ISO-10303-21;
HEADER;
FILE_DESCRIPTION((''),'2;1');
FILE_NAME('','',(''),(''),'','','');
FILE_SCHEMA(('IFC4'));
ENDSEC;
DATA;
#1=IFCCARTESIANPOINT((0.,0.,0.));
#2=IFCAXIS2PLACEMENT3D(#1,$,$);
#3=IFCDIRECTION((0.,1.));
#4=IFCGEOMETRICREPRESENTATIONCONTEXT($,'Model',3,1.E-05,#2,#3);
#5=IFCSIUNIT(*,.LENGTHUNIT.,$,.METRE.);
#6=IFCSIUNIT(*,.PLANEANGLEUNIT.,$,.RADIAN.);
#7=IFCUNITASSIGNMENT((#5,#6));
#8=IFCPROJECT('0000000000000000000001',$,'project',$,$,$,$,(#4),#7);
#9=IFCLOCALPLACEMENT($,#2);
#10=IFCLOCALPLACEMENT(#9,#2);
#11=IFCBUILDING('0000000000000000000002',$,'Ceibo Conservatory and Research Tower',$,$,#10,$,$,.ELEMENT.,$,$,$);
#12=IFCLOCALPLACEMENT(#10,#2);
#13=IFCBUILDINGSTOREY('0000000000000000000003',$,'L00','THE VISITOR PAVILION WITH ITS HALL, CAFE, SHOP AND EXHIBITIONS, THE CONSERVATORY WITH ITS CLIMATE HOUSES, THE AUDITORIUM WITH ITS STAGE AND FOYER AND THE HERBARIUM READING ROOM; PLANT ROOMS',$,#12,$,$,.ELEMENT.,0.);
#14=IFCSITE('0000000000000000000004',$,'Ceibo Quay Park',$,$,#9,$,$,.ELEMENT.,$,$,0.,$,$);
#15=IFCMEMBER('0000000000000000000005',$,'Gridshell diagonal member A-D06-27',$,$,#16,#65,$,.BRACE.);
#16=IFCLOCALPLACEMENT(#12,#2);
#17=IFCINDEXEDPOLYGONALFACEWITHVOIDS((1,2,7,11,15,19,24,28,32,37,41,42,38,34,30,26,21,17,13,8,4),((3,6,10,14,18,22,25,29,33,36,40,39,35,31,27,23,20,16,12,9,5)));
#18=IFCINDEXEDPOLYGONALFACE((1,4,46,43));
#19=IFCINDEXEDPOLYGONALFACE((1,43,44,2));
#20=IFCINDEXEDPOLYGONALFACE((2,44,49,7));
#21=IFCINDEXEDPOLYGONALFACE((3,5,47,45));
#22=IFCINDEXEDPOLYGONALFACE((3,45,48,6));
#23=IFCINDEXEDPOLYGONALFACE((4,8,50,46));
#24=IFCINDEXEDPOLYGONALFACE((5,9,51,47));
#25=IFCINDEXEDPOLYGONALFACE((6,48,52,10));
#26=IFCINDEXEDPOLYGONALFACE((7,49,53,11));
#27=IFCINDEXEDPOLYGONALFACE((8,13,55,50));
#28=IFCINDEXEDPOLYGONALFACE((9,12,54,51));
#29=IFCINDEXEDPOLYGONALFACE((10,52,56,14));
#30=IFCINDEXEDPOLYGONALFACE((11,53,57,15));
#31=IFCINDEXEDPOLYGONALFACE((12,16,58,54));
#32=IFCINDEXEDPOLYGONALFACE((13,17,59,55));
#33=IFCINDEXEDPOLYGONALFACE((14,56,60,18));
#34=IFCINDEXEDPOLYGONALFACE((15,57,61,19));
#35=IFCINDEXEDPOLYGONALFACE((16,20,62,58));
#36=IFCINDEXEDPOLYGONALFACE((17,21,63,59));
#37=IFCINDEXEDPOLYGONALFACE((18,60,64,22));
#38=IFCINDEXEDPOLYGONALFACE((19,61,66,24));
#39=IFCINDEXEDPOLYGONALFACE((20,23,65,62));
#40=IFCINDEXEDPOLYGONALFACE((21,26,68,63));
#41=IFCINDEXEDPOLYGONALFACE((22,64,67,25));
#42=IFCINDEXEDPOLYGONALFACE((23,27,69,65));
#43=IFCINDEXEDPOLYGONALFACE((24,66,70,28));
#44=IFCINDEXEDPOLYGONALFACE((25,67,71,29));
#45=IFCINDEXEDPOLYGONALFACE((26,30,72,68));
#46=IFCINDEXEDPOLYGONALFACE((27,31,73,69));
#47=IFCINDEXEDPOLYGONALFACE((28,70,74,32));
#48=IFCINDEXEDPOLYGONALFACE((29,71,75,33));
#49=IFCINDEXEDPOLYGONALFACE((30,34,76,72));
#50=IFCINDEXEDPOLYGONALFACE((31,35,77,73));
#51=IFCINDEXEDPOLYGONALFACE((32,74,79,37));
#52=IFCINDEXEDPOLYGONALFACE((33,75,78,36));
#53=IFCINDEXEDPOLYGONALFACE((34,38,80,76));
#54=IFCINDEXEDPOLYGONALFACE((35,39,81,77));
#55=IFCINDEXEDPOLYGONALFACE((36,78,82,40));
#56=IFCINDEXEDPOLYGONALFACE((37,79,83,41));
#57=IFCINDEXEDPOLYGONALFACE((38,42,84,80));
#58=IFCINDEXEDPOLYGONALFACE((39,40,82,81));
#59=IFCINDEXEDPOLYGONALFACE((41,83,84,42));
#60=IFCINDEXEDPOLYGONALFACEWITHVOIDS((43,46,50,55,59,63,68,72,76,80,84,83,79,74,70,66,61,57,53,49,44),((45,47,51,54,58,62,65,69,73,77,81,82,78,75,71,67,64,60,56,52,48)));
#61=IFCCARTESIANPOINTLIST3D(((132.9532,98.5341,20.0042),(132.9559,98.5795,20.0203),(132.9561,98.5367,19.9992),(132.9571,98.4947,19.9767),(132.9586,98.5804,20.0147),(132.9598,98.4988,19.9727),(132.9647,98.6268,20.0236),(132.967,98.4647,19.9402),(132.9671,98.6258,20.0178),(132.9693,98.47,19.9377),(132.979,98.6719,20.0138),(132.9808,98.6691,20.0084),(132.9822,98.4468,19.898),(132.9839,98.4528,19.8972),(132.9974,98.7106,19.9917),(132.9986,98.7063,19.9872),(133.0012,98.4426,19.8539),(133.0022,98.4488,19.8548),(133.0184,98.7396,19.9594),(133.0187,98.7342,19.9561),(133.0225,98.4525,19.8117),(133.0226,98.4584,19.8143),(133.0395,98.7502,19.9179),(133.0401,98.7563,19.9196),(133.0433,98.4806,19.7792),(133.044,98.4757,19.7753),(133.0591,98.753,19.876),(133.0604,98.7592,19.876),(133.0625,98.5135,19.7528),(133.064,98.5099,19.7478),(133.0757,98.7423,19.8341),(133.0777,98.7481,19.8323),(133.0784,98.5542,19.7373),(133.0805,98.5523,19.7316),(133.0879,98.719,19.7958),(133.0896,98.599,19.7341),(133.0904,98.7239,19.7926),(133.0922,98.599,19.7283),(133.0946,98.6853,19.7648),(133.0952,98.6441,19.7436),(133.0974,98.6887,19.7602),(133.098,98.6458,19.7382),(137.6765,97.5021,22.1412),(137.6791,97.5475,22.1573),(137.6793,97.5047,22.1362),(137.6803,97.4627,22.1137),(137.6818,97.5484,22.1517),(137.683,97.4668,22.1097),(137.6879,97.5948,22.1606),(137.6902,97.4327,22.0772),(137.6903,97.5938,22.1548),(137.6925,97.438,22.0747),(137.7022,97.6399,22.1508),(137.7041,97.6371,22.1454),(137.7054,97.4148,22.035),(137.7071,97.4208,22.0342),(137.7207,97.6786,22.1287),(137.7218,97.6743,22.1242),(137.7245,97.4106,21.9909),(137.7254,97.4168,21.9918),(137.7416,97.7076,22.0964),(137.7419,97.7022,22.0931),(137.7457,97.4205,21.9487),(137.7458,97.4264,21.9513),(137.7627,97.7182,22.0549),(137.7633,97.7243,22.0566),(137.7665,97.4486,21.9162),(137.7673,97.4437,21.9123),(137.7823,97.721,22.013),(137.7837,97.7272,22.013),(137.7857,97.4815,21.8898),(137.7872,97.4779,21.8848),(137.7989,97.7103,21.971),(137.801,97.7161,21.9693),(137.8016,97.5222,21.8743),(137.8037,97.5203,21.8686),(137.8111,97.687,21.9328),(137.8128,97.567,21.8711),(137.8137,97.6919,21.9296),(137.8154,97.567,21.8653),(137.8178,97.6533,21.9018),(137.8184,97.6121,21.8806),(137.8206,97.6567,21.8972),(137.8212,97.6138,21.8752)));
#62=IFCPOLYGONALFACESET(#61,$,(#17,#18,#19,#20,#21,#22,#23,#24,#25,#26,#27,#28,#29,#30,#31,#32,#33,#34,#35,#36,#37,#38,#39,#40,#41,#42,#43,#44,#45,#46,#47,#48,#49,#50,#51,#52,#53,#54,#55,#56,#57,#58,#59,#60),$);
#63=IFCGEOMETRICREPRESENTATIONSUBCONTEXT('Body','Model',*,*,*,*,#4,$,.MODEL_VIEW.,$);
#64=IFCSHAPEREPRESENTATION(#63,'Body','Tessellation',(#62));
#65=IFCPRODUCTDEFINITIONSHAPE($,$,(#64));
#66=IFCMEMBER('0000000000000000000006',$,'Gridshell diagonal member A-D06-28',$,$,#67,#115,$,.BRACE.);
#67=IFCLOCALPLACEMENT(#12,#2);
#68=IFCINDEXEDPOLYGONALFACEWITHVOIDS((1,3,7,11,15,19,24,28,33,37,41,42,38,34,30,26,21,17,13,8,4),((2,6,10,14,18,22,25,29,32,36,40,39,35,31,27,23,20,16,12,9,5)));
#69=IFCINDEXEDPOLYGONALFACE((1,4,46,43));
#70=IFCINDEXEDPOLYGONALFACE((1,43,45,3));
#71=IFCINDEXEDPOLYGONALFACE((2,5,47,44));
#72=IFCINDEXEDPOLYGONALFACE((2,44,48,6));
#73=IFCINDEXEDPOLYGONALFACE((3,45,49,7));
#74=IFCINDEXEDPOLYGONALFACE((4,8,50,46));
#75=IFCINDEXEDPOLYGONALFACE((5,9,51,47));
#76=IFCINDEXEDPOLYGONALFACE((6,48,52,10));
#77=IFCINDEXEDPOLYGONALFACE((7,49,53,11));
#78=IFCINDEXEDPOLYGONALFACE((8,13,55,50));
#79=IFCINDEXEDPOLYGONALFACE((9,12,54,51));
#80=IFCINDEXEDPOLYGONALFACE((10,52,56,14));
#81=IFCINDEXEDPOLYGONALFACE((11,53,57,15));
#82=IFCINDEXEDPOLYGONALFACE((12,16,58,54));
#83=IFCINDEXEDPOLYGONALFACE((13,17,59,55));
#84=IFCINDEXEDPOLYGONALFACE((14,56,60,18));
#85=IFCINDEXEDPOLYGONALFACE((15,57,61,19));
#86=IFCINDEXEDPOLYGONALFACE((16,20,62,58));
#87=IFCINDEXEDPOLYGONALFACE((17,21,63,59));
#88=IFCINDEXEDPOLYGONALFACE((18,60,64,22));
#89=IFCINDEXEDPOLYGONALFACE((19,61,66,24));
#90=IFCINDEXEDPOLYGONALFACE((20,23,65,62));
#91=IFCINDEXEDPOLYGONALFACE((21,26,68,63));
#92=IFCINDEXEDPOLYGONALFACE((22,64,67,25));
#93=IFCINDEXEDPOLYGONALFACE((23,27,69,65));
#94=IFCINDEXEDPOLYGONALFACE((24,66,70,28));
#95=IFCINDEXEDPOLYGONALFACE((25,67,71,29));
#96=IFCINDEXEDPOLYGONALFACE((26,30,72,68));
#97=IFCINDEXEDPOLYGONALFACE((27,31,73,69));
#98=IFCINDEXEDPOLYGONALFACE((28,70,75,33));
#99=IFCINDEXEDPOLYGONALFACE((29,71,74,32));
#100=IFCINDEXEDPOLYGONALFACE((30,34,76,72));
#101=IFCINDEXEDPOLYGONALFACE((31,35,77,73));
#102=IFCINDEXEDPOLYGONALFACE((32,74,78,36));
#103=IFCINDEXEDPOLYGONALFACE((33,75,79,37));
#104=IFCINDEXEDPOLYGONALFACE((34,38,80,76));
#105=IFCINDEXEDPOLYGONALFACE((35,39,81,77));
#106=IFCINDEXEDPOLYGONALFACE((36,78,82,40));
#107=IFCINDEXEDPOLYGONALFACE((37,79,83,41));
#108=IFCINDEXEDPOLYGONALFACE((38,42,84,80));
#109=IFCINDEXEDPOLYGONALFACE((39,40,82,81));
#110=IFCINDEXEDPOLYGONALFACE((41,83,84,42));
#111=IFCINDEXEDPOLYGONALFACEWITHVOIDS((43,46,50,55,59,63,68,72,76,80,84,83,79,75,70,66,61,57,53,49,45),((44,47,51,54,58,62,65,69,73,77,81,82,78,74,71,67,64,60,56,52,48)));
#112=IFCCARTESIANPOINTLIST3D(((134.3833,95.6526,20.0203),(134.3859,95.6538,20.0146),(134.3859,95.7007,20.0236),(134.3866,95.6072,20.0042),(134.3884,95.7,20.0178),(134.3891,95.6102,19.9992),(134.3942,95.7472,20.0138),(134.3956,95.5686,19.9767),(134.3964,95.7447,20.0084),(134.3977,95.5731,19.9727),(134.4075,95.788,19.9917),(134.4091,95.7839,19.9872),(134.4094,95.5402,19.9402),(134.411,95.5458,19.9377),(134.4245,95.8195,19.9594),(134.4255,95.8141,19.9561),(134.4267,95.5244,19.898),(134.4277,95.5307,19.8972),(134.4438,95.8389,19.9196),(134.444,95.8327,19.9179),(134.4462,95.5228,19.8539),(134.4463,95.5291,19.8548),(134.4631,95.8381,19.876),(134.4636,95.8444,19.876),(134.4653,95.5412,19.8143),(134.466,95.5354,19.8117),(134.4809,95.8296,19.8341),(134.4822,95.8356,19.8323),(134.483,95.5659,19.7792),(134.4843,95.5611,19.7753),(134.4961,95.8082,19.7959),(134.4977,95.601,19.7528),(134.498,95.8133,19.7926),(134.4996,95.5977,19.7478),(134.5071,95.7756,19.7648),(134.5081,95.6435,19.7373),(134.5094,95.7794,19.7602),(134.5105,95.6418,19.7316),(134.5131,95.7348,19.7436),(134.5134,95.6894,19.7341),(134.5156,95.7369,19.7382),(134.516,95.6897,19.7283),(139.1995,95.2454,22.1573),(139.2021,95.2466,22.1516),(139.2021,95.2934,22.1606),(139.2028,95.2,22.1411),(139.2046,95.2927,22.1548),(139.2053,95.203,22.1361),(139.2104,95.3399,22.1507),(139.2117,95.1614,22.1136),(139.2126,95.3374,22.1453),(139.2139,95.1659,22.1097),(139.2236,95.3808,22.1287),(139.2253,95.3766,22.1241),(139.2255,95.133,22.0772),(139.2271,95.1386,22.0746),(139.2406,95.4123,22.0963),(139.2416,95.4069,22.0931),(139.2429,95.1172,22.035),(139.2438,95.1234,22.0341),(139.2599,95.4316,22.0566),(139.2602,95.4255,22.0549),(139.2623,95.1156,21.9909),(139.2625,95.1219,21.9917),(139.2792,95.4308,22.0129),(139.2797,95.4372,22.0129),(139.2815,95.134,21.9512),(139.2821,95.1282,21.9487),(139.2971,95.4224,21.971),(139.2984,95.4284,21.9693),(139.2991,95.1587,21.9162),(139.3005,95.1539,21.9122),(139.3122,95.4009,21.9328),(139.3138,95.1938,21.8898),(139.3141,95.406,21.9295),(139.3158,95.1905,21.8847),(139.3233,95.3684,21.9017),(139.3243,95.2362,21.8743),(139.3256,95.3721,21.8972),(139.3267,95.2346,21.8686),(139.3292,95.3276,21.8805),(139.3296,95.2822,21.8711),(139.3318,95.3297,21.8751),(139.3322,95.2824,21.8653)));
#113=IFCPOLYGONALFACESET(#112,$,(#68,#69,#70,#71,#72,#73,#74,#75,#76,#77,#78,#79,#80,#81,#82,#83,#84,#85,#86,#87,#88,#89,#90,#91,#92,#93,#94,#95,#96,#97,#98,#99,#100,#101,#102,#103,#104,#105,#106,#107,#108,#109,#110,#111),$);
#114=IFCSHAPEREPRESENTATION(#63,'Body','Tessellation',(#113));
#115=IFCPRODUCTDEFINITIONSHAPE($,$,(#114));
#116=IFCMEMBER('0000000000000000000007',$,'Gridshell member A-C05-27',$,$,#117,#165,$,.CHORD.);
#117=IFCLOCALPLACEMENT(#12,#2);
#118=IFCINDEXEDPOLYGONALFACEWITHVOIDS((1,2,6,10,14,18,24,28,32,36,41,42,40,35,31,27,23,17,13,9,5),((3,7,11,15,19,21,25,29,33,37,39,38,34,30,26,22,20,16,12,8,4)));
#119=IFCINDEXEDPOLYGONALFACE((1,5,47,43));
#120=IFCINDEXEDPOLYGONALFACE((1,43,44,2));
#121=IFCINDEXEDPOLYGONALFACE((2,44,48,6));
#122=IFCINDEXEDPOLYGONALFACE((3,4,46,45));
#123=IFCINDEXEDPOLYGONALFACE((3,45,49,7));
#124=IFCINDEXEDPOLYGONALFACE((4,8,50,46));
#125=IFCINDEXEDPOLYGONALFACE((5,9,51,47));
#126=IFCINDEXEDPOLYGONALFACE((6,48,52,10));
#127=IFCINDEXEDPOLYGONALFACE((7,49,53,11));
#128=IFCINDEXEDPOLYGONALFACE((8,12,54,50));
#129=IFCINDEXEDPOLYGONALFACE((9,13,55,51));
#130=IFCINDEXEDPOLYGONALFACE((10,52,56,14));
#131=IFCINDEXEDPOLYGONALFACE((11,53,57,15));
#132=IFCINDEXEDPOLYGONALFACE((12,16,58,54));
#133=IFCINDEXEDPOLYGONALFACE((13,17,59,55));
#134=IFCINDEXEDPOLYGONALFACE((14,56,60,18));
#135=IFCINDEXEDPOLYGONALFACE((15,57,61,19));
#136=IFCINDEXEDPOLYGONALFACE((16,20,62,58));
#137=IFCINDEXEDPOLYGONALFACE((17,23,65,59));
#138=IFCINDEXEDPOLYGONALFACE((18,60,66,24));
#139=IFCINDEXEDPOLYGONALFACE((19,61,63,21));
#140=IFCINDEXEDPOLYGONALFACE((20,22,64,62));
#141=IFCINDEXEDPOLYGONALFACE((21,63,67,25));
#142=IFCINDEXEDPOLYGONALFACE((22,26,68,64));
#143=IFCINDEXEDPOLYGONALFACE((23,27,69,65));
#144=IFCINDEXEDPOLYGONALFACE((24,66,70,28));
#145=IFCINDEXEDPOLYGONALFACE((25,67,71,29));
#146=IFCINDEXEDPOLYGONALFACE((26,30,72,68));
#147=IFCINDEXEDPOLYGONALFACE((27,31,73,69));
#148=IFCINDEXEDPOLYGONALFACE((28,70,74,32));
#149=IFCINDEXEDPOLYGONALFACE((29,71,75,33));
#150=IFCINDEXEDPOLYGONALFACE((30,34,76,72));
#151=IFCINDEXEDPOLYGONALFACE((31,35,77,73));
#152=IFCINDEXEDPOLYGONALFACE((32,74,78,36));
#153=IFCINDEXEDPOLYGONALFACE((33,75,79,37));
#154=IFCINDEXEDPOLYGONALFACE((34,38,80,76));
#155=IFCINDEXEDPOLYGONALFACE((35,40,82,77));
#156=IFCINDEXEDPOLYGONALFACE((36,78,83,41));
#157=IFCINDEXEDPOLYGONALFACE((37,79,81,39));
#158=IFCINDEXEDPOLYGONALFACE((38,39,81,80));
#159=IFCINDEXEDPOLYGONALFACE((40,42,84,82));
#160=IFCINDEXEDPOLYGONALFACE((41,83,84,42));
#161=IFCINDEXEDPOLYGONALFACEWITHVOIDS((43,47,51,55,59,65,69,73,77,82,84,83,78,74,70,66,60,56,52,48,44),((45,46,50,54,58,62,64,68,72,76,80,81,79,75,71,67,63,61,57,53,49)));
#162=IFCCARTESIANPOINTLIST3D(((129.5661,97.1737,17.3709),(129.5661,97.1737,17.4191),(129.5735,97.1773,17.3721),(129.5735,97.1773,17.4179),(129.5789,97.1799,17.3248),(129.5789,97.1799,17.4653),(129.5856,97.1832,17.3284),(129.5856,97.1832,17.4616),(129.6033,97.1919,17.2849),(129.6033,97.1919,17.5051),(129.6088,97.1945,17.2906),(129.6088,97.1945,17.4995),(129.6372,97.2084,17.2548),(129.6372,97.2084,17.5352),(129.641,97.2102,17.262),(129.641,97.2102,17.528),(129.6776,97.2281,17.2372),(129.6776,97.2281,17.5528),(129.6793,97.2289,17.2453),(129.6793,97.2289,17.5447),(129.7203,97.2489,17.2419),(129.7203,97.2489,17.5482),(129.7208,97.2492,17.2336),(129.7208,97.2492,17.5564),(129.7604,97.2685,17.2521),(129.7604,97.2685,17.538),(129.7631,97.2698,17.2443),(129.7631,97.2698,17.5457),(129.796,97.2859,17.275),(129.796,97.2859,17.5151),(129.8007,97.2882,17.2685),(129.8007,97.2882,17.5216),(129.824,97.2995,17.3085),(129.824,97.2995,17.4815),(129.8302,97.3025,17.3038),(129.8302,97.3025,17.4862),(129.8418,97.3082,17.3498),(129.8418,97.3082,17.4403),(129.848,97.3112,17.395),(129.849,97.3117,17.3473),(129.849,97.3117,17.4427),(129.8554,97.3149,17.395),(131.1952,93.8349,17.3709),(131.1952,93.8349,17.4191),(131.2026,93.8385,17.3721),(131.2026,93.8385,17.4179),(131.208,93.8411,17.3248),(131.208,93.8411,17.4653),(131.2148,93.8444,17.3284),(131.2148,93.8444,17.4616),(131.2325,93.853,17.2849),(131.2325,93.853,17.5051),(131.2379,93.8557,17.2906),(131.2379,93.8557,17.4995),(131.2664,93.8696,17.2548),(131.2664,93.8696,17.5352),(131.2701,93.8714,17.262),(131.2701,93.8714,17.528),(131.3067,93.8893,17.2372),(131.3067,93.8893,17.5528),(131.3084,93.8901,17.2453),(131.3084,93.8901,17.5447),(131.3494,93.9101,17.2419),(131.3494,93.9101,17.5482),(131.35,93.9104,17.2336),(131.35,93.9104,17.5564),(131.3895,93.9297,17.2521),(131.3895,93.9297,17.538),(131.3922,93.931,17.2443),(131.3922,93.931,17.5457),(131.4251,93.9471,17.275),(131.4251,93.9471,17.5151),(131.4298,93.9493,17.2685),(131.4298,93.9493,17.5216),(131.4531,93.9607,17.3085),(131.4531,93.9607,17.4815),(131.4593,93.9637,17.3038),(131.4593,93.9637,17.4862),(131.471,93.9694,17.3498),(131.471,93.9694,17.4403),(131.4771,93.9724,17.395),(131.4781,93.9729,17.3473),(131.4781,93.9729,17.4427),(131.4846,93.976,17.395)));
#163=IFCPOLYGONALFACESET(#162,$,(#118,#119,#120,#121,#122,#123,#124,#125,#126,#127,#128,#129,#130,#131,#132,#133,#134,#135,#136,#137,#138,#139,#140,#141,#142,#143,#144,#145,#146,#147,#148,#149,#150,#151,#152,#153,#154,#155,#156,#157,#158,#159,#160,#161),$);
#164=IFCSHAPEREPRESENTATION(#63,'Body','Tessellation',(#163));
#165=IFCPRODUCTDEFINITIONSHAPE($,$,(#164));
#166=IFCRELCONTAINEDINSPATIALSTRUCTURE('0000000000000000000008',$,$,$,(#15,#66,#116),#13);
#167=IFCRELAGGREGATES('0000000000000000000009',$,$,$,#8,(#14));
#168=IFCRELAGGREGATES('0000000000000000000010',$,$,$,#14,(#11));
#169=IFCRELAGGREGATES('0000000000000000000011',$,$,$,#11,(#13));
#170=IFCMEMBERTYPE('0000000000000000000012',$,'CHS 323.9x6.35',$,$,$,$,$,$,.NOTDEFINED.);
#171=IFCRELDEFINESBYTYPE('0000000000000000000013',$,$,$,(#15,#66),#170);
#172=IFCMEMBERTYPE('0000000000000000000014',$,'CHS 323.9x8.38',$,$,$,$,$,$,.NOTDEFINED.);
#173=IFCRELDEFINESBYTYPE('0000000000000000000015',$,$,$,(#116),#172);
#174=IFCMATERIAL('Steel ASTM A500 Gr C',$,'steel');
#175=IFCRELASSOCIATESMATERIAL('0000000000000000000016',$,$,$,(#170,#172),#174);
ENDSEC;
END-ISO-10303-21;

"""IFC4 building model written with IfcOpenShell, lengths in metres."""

from ifc_helpers import new_model, si_unit, direction, frame, origin, origin_2d, place, context, subcontext, project, spatial, hollow_circle, extrude, material, material_profile, profile_set, type_object, element, save


model = new_model("IFC4")

# Units and contexts
model_context = context("Model", 3, precision=1e-05, world=origin(), true_north=direction((0.0, 1.0)))
body_context = subcontext(model_context, "Body", "Model", "MODEL_VIEW")
ifc_project = project(units=[si_unit("LENGTHUNIT", "METRE"), si_unit("PLANEANGLEUNIT", "RADIAN")], contexts=[model_context])

# Site, building, storey
site_placement = place(None, origin())
site = spatial("IfcSite", under=ifc_project, at=site_placement, Name="Ceibo Quay Park", CompositionType="ELEMENT", RefElevation=0.0)
building_placement = place(site_placement, origin())
building = spatial("IfcBuilding", under=site, at=building_placement, Name="Ceibo Conservatory and Research Tower", CompositionType="ELEMENT")
storey_placement = place(building_placement, origin())
storey = spatial("IfcBuildingStorey", under=building, at=storey_placement, Name="L00", Description="THE VISITOR PAVILION WITH ITS HALL, CAFE, SHOP AND EXHIBITIONS, THE CONSERVATORY WITH ITS CLIMATE HOUSES, THE AUDITORIUM WITH ITS STAGE AND FOYER AND THE HERBARIUM READING ROOM; PLANT ROOMS", CompositionType="ELEMENT", Elevation=0.0)

# Members
ifc_material_1 = material(Name="Steel ASTM A500 Gr C", Category="steel")
ifc_material_profile_1 = material_profile(ifc_material_1, hollow_circle(Radius=0.1619, WallThickness=0.0063, at=origin_2d()), Name="CHS 323.9x6.35")
ifc_profile_set_1 = profile_set([ifc_material_profile_1], Name="Steel ASTM A500 Gr C")
member_type_1 = type_object("IfcMemberType", Name="CHS 323.9x6.35", PredefinedType="NOTDEFINED", material=ifc_profile_set_1)
member_1_placement = place(storey_placement, frame((133.0259, 98.6011, 19.876), z_axis=(0.893553, -0.195237, 0.404284), x_axis=(0.213459, 0.976952, 0.0)))
element("IfcMember", 1, at=member_1_placement, inside=storey, type_object=member_type_1, Name="Gridshell diagonal member A-D06-27", PredefinedType="BRACE", context=body_context, shape_type="SweptSolid", body=[
    extrude(hollow_circle(Radius=0.1619, WallThickness=0.0063, at=origin_2d()), origin(), (0.0, 0.0, 1.0), 5.2859),
])
member_2_placement = place(storey_placement, frame((134.45, 95.6831, 19.876), z_axis=(0.911344, -0.077058, 0.404369), x_axis=(0.084254, 0.996444, 0.0)))
element("IfcMember", 2, at=member_2_placement, inside=storey, type_object=member_type_1, Name="Gridshell diagonal member A-D06-28", PredefinedType="BRACE", context=body_context, shape_type="SweptSolid", body=[
    extrude(hollow_circle(Radius=0.1619, WallThickness=0.0063, at=origin_2d()), origin(), (0.0, 0.0, 1.0), 5.2847),
])
ifc_material_profile_2 = material_profile(ifc_material_1, hollow_circle(Radius=0.1619, WallThickness=0.0083, at=origin_2d()), Name="CHS 323.9x8.38")
ifc_profile_set_2 = profile_set([ifc_material_profile_2], Name="Steel ASTM A500 Gr C")
member_type_2 = type_object("IfcMemberType", Name="CHS 323.9x8.38", PredefinedType="NOTDEFINED", material=ifc_profile_set_2)
member_3_placement = place(storey_placement, frame((129.71, 97.2439, 17.395), z_axis=(0.438518, -0.898722, 0.0), x_axis=(0.898722, 0.438518, 0.0)))
element("IfcMember", 3, at=member_3_placement, inside=storey, type_object=member_type_2, Name="Gridshell member A-C05-27", PredefinedType="CHORD", context=body_context, shape_type="SweptSolid", body=[
    extrude(hollow_circle(Radius=0.1619, WallThickness=0.0083, at=origin_2d()), origin(), (0.0, 0.0, 1.0), 3.7151),
])

save(model, "model.ifc")
